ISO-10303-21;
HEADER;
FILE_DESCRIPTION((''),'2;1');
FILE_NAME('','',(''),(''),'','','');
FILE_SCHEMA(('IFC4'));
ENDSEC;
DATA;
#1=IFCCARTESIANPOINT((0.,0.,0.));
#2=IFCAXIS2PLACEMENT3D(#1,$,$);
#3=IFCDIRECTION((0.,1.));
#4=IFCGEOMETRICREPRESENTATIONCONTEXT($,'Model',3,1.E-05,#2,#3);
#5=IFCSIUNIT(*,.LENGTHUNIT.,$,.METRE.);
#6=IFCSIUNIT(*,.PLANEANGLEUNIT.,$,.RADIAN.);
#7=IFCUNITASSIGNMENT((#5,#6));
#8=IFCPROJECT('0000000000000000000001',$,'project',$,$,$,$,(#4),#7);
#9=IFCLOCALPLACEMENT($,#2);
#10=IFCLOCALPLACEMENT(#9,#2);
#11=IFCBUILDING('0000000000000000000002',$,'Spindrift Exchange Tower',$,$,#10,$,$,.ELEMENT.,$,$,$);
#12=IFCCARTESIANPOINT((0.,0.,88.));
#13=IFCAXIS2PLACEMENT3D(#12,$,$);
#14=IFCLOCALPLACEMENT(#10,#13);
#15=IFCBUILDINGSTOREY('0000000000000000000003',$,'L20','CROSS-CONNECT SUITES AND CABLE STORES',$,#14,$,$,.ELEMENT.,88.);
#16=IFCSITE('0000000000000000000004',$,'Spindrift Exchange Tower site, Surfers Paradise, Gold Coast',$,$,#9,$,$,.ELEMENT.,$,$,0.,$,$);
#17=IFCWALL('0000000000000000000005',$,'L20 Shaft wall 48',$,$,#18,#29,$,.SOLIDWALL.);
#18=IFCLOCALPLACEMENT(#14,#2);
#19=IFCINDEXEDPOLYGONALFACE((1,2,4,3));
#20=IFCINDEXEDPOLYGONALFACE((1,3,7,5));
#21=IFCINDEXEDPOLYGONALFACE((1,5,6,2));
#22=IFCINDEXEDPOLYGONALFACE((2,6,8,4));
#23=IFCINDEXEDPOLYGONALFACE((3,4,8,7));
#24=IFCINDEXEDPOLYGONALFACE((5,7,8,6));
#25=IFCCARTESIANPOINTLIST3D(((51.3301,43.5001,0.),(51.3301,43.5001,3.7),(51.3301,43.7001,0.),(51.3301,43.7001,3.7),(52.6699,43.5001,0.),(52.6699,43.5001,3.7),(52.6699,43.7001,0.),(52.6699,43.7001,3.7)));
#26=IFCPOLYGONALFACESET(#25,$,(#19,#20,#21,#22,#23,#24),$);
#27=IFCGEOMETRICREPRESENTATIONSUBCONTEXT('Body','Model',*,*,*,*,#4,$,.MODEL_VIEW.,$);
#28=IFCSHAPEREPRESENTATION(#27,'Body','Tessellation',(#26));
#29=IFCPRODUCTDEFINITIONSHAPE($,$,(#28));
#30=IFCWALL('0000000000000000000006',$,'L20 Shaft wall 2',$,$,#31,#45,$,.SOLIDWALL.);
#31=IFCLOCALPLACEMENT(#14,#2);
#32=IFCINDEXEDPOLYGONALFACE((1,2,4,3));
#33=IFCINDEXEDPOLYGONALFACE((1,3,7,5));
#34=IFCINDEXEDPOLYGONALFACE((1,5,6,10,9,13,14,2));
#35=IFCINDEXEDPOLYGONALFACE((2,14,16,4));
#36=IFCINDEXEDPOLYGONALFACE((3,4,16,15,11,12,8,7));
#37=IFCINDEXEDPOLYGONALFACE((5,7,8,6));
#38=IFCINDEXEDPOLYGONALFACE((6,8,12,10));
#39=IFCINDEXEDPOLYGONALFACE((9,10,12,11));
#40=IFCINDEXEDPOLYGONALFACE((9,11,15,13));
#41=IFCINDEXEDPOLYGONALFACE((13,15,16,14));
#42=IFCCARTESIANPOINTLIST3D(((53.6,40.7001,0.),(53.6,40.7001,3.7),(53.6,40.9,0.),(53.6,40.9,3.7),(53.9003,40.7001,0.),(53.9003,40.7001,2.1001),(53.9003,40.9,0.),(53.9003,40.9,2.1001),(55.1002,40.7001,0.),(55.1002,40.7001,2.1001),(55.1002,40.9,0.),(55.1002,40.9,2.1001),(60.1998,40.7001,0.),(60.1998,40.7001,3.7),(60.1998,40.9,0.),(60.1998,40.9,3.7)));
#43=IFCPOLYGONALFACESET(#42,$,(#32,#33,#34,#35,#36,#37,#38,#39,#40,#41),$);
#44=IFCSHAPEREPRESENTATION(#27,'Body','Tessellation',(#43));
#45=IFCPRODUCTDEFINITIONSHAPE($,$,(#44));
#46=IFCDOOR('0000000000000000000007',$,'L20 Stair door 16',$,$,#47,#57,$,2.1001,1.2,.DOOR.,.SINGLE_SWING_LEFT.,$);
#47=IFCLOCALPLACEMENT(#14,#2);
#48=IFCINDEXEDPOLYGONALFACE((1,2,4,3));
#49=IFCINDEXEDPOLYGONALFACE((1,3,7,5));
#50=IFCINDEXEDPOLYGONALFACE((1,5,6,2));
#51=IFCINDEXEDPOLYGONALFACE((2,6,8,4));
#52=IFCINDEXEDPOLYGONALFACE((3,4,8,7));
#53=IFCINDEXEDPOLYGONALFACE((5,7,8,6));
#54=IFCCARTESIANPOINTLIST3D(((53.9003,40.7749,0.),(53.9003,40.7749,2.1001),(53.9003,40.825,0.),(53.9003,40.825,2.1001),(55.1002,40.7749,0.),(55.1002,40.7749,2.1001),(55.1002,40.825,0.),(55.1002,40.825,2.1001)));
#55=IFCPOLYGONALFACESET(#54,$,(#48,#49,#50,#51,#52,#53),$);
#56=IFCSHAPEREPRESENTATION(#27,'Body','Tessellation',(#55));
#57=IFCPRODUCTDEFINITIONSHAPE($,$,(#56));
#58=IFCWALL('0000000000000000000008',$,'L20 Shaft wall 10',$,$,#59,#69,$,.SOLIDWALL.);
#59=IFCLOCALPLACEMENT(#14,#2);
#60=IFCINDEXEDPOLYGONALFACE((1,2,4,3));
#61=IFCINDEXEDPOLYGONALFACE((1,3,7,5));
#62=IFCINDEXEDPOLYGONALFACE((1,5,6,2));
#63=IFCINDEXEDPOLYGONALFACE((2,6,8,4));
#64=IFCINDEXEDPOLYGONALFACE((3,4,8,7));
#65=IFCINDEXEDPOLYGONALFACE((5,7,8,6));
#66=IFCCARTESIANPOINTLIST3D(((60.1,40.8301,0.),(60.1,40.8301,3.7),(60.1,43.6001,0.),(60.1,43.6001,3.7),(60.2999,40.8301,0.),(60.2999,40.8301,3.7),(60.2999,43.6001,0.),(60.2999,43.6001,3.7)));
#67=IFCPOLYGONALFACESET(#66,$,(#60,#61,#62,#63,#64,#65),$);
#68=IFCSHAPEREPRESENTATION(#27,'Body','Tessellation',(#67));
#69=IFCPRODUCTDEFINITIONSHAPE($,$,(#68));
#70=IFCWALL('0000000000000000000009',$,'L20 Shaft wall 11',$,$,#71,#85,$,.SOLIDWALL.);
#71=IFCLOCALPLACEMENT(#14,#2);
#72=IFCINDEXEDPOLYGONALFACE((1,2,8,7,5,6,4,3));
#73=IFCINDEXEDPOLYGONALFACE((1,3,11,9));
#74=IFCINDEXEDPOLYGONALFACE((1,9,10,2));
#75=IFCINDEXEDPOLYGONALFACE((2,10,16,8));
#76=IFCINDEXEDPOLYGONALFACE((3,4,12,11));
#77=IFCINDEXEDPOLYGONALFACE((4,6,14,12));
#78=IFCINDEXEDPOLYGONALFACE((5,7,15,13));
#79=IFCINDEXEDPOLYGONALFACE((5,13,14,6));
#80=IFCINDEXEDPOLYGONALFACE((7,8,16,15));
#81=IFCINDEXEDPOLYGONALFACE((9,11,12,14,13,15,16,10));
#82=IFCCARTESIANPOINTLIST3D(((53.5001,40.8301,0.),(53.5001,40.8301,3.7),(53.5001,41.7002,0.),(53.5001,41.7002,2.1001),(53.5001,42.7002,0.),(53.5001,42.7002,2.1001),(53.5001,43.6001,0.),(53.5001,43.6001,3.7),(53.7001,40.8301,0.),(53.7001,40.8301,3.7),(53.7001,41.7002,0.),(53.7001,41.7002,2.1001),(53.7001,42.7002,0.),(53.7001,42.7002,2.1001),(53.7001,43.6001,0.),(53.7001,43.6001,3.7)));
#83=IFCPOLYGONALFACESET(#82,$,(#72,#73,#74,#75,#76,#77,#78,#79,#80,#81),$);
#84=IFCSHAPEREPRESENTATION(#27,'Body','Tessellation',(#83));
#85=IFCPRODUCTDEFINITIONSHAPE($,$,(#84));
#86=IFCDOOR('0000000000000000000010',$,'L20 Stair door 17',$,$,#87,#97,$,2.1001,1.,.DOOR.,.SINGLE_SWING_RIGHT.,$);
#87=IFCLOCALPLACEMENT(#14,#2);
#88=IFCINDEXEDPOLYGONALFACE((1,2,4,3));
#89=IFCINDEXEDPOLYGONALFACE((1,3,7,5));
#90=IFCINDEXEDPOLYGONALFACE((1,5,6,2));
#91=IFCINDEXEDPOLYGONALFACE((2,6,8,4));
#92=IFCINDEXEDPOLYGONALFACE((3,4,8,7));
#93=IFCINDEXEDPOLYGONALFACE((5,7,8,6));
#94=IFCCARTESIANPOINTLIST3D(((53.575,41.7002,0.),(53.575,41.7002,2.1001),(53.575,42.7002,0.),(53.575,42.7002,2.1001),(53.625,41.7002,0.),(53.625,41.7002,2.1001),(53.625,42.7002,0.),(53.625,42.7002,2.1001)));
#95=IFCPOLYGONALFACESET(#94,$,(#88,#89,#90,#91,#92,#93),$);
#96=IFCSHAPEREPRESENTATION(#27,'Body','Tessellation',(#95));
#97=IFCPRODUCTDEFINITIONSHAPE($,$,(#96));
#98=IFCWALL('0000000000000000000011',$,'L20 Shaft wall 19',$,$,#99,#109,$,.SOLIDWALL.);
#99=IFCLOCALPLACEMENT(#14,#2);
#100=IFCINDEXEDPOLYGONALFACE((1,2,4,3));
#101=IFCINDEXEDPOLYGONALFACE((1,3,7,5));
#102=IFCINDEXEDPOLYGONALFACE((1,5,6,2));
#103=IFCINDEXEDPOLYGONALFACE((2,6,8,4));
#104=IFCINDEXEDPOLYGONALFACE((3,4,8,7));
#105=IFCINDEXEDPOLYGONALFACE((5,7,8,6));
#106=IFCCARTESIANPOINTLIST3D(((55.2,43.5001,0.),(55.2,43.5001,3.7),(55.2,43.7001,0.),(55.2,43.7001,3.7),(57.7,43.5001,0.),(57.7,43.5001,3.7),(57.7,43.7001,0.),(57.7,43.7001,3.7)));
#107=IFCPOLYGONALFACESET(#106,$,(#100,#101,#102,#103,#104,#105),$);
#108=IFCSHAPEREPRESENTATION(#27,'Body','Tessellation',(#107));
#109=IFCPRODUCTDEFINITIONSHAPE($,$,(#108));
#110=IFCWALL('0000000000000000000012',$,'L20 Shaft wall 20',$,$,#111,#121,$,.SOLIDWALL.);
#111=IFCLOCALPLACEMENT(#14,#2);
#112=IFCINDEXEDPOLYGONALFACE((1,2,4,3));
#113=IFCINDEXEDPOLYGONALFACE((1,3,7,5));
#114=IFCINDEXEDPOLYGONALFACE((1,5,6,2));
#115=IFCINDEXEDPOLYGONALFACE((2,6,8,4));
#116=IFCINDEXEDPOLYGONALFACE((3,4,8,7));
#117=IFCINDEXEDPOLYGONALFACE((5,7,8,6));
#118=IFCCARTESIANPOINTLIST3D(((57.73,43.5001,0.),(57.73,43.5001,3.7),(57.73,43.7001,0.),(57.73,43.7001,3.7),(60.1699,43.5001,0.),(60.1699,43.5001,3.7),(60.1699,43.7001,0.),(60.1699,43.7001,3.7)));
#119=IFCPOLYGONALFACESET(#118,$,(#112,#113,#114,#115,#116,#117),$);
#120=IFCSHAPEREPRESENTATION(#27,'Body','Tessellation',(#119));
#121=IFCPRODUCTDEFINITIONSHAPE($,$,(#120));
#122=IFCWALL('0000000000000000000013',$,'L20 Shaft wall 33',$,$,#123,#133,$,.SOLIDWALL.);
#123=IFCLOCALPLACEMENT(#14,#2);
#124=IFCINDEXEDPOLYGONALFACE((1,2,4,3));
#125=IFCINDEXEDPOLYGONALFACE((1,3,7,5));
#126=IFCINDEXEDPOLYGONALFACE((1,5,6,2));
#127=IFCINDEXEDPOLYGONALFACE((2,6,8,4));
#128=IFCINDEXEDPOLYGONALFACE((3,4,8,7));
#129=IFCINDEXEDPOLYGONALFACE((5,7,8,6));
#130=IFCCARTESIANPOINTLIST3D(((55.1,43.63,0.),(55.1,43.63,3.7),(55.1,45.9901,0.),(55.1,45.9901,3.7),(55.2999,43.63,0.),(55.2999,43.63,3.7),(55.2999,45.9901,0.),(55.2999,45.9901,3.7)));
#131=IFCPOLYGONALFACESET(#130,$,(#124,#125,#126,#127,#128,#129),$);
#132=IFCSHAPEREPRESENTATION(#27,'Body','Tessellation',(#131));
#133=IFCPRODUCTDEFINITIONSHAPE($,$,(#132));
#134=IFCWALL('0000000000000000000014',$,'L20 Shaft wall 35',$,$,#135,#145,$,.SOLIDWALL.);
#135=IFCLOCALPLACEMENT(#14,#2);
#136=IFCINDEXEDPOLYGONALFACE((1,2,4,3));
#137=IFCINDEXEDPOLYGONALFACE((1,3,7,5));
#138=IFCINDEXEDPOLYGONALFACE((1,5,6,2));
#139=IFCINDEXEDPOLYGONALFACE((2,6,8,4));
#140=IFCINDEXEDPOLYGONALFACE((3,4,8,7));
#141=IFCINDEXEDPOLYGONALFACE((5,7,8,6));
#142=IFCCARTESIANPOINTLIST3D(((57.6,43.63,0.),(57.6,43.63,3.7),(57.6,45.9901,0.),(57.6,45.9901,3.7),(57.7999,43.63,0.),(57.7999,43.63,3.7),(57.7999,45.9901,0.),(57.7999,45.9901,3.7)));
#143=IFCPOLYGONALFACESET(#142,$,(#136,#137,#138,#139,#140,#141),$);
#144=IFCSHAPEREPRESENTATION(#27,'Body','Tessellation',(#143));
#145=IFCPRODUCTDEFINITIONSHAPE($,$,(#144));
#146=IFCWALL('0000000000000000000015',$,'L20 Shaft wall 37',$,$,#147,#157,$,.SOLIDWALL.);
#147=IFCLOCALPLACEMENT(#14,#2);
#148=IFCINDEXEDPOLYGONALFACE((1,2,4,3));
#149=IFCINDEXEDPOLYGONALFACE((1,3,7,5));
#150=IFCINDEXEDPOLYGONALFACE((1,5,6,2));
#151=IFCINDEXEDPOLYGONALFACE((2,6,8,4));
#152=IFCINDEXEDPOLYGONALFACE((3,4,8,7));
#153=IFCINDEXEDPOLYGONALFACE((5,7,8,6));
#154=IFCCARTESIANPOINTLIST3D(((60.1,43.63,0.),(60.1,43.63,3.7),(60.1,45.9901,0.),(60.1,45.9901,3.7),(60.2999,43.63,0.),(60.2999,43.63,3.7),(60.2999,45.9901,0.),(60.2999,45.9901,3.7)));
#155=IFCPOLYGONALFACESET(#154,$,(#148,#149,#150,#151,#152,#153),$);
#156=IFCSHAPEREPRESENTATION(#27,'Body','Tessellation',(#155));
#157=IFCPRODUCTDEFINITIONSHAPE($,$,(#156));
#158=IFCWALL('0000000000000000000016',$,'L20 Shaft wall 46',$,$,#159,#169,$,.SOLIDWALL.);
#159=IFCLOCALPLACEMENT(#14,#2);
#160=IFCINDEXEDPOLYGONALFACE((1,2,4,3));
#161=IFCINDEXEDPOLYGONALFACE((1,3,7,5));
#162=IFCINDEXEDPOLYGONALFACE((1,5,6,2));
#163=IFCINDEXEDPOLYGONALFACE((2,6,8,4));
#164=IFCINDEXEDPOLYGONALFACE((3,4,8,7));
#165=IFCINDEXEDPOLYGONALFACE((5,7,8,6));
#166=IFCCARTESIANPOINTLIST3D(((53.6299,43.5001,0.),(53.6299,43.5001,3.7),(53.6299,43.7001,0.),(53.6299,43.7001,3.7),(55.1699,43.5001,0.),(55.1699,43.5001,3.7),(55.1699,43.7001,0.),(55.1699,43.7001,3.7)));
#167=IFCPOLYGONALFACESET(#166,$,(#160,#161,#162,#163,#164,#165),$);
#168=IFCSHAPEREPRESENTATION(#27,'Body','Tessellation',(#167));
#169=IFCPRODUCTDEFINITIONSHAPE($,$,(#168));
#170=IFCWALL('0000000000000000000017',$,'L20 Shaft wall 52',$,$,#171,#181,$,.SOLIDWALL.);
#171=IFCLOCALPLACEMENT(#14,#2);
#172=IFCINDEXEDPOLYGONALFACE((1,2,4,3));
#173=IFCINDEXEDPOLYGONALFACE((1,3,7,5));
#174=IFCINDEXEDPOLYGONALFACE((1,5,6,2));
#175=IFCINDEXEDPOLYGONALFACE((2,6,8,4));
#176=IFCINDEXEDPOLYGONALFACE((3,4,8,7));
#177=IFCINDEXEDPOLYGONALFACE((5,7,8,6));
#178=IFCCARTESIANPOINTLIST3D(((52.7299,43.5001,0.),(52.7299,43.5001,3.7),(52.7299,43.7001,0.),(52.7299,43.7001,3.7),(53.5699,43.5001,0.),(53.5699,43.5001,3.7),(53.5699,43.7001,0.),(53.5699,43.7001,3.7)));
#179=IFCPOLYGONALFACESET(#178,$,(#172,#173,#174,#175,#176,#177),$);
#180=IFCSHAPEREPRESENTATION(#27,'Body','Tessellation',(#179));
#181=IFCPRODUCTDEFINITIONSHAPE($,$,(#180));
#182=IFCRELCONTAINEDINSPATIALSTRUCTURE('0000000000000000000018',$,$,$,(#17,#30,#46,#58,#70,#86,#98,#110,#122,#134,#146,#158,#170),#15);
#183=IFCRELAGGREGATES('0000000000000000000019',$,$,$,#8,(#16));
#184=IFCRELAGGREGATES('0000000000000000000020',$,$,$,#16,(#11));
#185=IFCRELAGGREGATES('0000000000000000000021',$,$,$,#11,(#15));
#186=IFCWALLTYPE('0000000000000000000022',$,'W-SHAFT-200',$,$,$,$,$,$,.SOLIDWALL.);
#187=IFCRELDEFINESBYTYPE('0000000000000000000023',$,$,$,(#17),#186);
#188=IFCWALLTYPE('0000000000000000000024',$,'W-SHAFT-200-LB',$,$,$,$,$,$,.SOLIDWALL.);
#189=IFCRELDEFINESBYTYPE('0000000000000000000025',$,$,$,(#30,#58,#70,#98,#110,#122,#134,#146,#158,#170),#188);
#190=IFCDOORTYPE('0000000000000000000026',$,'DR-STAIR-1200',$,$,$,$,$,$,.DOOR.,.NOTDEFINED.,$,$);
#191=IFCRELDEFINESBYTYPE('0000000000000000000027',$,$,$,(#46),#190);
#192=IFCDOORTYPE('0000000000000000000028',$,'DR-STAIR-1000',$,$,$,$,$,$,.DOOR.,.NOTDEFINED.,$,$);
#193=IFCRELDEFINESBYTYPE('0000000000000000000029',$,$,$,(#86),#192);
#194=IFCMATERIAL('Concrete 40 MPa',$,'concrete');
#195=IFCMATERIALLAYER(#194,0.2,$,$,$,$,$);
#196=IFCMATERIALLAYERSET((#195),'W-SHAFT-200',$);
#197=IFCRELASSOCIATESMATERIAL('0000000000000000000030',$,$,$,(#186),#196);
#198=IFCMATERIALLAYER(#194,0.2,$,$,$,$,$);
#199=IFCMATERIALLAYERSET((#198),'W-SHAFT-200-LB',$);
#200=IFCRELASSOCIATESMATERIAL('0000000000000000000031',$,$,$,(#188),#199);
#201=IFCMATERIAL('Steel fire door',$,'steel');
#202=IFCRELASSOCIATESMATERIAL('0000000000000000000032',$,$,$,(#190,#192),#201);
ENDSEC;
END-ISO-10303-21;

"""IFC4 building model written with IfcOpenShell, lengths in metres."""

from ifc_helpers import new_model, si_unit, direction, frame, frame_2d, origin, place, context, subcontext, project, spatial, rectangle, extrude, source, transform, mapped, material, layer, layer_set, type_object, element, fill, save


model = new_model("IFC4")

# Units and contexts
model_context = context("Model", 3, precision=1e-05, world=origin(), true_north=direction((0.0, 1.0)))
body_context = subcontext(model_context, "Body", "Model", "MODEL_VIEW")
ifc_project = project(units=[si_unit("LENGTHUNIT", "METRE"), si_unit("PLANEANGLEUNIT", "RADIAN")], contexts=[model_context])

# Site, building, storey
site_placement = place(None, origin())
site = spatial("IfcSite", under=ifc_project, at=site_placement, Name="Spindrift Exchange Tower site, Surfers Paradise, Gold Coast", CompositionType="ELEMENT", RefElevation=0.0)
building_placement = place(site_placement, origin())
building = spatial("IfcBuilding", under=site, at=building_placement, Name="Spindrift Exchange Tower", CompositionType="ELEMENT")
storey_placement = place(building_placement, frame((0.0, 0.0, 88.0)))
storey = spatial("IfcBuildingStorey", under=building, at=storey_placement, Name="L20", Description="CROSS-CONNECT SUITES AND CABLE STORES", CompositionType="ELEMENT", Elevation=88.0)

# Wall
ifc_material_1 = material(Name="Concrete 40 MPa", Category="concrete")
ifc_layer_1 = layer(ifc_material_1, 0.2)
ifc_layer_set_1 = layer_set([ifc_layer_1], Name="W-SHAFT-200")
wall_type_1 = type_object("IfcWallType", Name="W-SHAFT-200", PredefinedType="SOLIDWALL", material=ifc_layer_set_1)
wall_1_placement = place(storey_placement, frame((52.6699, 43.6001, 0.0), z_axis=(0.0, 0.0, 1.0), x_axis=(-1.0, 0.0, 0.0)))
element("IfcWall", 1, at=wall_1_placement, inside=storey, type_object=wall_type_1, Name="L20 Shaft wall 48", PredefinedType="SOLIDWALL", context=body_context, shape_type="SweptSolid", body=[
    extrude(rectangle(XDim=1.3398, YDim=0.2, at=frame_2d((0.6699, 0.0))), origin(), (0.0, 0.0, 1.0), 3.7),
])

# Wall, opening, door
ifc_layer_2 = layer(ifc_material_1, 0.2)
ifc_layer_set_2 = layer_set([ifc_layer_2], Name="W-SHAFT-200-LB")
wall_type_2 = type_object("IfcWallType", Name="W-SHAFT-200-LB", PredefinedType="SOLIDWALL", material=ifc_layer_set_2)
wall_2_placement = place(storey_placement, frame((53.6001, 40.8, 0.0), z_axis=(0.0, 0.0, 1.0), x_axis=(1.0, 0.0, 0.0)))
wall_2 = element("IfcWall", 2, at=wall_2_placement, inside=storey, type_object=wall_type_2, Name="L20 Shaft wall 2", PredefinedType="SOLIDWALL", context=body_context, shape_type="SweptSolid", body=[
    extrude(rectangle(XDim=6.5999, YDim=0.2, at=frame_2d((3.2998, 0.0))), origin(), (0.0, 0.0, 1.0), 3.7),
])
opening_1_placement = place(wall_2_placement, frame((0.3, 0.0, 0.0)))
opening_1 = element("IfcOpeningElement", 3, at=opening_1_placement, cuts=wall_2, PredefinedType="OPENING", context=body_context, shape_type="SweptSolid", body=[
    extrude(rectangle(XDim=1.2, YDim=2.1001, at=frame_2d((0.6001, 1.05))), frame((0.0, 0.1099, 0.0), z_axis=(0.0, -1.0, 0.0), x_axis=(1.0, 0.0, 0.0)), (0.0, 0.0, 1.0), 0.22),
])
ifc_material_2 = material(Name="Steel fire door", Category="steel")
door_type_1 = type_object("IfcDoorType", Name="DR-STAIR-1200", OperationType="NOTDEFINED", PredefinedType="DOOR", material=ifc_material_2)
shared_shape_1 = source(origin(), body_context, "Body", "SweptSolid", [
    extrude(rectangle(XDim=1.2, YDim=2.1001, at=frame_2d((0.6001, 1.05))), frame((0.0, 0.0249, 0.0), z_axis=(0.0, -1.0, 0.0), x_axis=(1.0, 0.0, 0.0)), (0.0, 0.0, 1.0), 0.05),
])
door_1_placement = place(opening_1_placement, origin())
door_1 = element("IfcDoor", 4, at=door_1_placement, inside=storey, type_object=door_type_1, Name="L20 Stair door 16", OperationType="SINGLE_SWING_LEFT", OverallHeight=2.1001, OverallWidth=1.2, PredefinedType="DOOR", context=body_context, shape_type="MappedRepresentation", body=[
    mapped(shared_shape_1, transform((0.0, 0.0, 0.0), scale=1.0)),
])
fill(opening_1, door_1)

# Wall
wall_3_placement = place(storey_placement, frame((60.2, 40.8301, 0.0), z_axis=(0.0, 0.0, 1.0), x_axis=(0.0, 1.0, 0.0)))
element("IfcWall", 5, at=wall_3_placement, inside=storey, type_object=wall_type_2, Name="L20 Shaft wall 10", PredefinedType="SOLIDWALL", context=body_context, shape_type="SweptSolid", body=[
    extrude(rectangle(XDim=2.77, YDim=0.2, at=frame_2d((1.385, 0.0))), origin(), (0.0, 0.0, 1.0), 3.7),
])

# Wall, opening, door
wall_4_placement = place(storey_placement, frame((53.6001, 43.6001, 0.0), z_axis=(0.0, 0.0, 1.0), x_axis=(0.0, -1.0, 0.0)))
wall_4 = element("IfcWall", 6, at=wall_4_placement, inside=storey, type_object=wall_type_2, Name="L20 Shaft wall 11", PredefinedType="SOLIDWALL", context=body_context, shape_type="SweptSolid", body=[
    extrude(rectangle(XDim=2.77, YDim=0.2, at=frame_2d((1.385, 0.0))), origin(), (0.0, 0.0, 1.0), 3.7),
])
opening_2_placement = place(wall_4_placement, frame((0.8999, 0.0, 0.0)))
opening_2 = element("IfcOpeningElement", 7, at=opening_2_placement, cuts=wall_4, PredefinedType="OPENING", context=body_context, shape_type="SweptSolid", body=[
    extrude(rectangle(XDim=1.0, YDim=2.1001, at=frame_2d((0.5, 1.05))), frame((0.0, 0.1099, 0.0), z_axis=(0.0, -1.0, 0.0), x_axis=(1.0, 0.0, 0.0)), (0.0, 0.0, 1.0), 0.22),
])
door_type_2 = type_object("IfcDoorType", Name="DR-STAIR-1000", OperationType="NOTDEFINED", PredefinedType="DOOR", material=ifc_material_2)
shared_shape_2 = source(origin(), body_context, "Body", "SweptSolid", [
    extrude(rectangle(XDim=1.0, YDim=2.1001, at=frame_2d((0.5, 1.05))), frame((0.0, 0.0249, 0.0), z_axis=(0.0, -1.0, 0.0), x_axis=(1.0, 0.0, 0.0)), (0.0, 0.0, 1.0), 0.05),
])
door_2_placement = place(opening_2_placement, origin())
door_2 = element("IfcDoor", 8, at=door_2_placement, inside=storey, type_object=door_type_2, Name="L20 Stair door 17", OperationType="SINGLE_SWING_RIGHT", OverallHeight=2.1001, OverallWidth=1.0, PredefinedType="DOOR", context=body_context, shape_type="MappedRepresentation", body=[
    mapped(shared_shape_2, transform((0.0, 0.0, 0.0), scale=1.0)),
])
fill(opening_2, door_2)

# Walls
wall_5_placement = place(storey_placement, frame((55.2, 43.6001, 0.0), z_axis=(0.0, 0.0, 1.0), x_axis=(1.0, 0.0, 0.0)))
element("IfcWall", 9, at=wall_5_placement, inside=storey, type_object=wall_type_2, Name="L20 Shaft wall 19", PredefinedType="SOLIDWALL", context=body_context, shape_type="SweptSolid", body=[
    extrude(rectangle(XDim=2.5, YDim=0.2, at=frame_2d((1.25, 0.0))), origin(), (0.0, 0.0, 1.0), 3.7),
])
wall_6_placement = place(storey_placement, frame((57.73, 43.6001, 0.0), z_axis=(0.0, 0.0, 1.0), x_axis=(1.0, 0.0, 0.0)))
element("IfcWall", 10, at=wall_6_placement, inside=storey, type_object=wall_type_2, Name="L20 Shaft wall 20", PredefinedType="SOLIDWALL", context=body_context, shape_type="SweptSolid", body=[
    extrude(rectangle(XDim=2.4399, YDim=0.2, at=frame_2d((1.22, 0.0))), origin(), (0.0, 0.0, 1.0), 3.7),
])
for number, where, z_axis, x_axis, name in (
    (11, (55.2, 43.6299, 0.0), (0.0, 0.0, 1.0), (0.0, 1.0, 0.0), "L20 Shaft wall 33"),
    (12, (57.7, 43.6299, 0.0), (0.0, 0.0, 1.0), (0.0, 1.0, 0.0), "L20 Shaft wall 35"),
    (13, (60.2, 43.6299, 0.0), (0.0, 0.0, 1.0), (0.0, 1.0, 0.0), "L20 Shaft wall 37"),
):
    element("IfcWall", number, at=place(storey_placement, frame(where, z_axis=z_axis, x_axis=x_axis)), inside=storey, type_object=wall_type_2, Name=name, PredefinedType="SOLIDWALL", context=body_context, shape_type="SweptSolid", body=[
        extrude(rectangle(XDim=2.3601, YDim=0.2, at=frame_2d((1.1802, 0.0))), origin(), (0.0, 0.0, 1.0), 3.7),
    ])
wall_7_placement = place(storey_placement, frame((53.6299, 43.6001, 0.0), z_axis=(0.0, 0.0, 1.0), x_axis=(1.0, 0.0, 0.0)))
element("IfcWall", 14, at=wall_7_placement, inside=storey, type_object=wall_type_2, Name="L20 Shaft wall 46", PredefinedType="SOLIDWALL", context=body_context, shape_type="SweptSolid", body=[
    extrude(rectangle(XDim=1.54, YDim=0.2, at=frame_2d((0.77, 0.0))), origin(), (0.0, 0.0, 1.0), 3.7),
])
wall_8_placement = place(storey_placement, frame((52.73, 43.6001, 0.0), z_axis=(0.0, 0.0, 1.0), x_axis=(1.0, 0.0, 0.0)))
element("IfcWall", 15, at=wall_8_placement, inside=storey, type_object=wall_type_2, Name="L20 Shaft wall 52", PredefinedType="SOLIDWALL", context=body_context, shape_type="SweptSolid", body=[
    extrude(rectangle(XDim=0.8401, YDim=0.2, at=frame_2d((0.4199, 0.0))), origin(), (0.0, 0.0, 1.0), 3.7),
])

save(model, "model.ifc")
